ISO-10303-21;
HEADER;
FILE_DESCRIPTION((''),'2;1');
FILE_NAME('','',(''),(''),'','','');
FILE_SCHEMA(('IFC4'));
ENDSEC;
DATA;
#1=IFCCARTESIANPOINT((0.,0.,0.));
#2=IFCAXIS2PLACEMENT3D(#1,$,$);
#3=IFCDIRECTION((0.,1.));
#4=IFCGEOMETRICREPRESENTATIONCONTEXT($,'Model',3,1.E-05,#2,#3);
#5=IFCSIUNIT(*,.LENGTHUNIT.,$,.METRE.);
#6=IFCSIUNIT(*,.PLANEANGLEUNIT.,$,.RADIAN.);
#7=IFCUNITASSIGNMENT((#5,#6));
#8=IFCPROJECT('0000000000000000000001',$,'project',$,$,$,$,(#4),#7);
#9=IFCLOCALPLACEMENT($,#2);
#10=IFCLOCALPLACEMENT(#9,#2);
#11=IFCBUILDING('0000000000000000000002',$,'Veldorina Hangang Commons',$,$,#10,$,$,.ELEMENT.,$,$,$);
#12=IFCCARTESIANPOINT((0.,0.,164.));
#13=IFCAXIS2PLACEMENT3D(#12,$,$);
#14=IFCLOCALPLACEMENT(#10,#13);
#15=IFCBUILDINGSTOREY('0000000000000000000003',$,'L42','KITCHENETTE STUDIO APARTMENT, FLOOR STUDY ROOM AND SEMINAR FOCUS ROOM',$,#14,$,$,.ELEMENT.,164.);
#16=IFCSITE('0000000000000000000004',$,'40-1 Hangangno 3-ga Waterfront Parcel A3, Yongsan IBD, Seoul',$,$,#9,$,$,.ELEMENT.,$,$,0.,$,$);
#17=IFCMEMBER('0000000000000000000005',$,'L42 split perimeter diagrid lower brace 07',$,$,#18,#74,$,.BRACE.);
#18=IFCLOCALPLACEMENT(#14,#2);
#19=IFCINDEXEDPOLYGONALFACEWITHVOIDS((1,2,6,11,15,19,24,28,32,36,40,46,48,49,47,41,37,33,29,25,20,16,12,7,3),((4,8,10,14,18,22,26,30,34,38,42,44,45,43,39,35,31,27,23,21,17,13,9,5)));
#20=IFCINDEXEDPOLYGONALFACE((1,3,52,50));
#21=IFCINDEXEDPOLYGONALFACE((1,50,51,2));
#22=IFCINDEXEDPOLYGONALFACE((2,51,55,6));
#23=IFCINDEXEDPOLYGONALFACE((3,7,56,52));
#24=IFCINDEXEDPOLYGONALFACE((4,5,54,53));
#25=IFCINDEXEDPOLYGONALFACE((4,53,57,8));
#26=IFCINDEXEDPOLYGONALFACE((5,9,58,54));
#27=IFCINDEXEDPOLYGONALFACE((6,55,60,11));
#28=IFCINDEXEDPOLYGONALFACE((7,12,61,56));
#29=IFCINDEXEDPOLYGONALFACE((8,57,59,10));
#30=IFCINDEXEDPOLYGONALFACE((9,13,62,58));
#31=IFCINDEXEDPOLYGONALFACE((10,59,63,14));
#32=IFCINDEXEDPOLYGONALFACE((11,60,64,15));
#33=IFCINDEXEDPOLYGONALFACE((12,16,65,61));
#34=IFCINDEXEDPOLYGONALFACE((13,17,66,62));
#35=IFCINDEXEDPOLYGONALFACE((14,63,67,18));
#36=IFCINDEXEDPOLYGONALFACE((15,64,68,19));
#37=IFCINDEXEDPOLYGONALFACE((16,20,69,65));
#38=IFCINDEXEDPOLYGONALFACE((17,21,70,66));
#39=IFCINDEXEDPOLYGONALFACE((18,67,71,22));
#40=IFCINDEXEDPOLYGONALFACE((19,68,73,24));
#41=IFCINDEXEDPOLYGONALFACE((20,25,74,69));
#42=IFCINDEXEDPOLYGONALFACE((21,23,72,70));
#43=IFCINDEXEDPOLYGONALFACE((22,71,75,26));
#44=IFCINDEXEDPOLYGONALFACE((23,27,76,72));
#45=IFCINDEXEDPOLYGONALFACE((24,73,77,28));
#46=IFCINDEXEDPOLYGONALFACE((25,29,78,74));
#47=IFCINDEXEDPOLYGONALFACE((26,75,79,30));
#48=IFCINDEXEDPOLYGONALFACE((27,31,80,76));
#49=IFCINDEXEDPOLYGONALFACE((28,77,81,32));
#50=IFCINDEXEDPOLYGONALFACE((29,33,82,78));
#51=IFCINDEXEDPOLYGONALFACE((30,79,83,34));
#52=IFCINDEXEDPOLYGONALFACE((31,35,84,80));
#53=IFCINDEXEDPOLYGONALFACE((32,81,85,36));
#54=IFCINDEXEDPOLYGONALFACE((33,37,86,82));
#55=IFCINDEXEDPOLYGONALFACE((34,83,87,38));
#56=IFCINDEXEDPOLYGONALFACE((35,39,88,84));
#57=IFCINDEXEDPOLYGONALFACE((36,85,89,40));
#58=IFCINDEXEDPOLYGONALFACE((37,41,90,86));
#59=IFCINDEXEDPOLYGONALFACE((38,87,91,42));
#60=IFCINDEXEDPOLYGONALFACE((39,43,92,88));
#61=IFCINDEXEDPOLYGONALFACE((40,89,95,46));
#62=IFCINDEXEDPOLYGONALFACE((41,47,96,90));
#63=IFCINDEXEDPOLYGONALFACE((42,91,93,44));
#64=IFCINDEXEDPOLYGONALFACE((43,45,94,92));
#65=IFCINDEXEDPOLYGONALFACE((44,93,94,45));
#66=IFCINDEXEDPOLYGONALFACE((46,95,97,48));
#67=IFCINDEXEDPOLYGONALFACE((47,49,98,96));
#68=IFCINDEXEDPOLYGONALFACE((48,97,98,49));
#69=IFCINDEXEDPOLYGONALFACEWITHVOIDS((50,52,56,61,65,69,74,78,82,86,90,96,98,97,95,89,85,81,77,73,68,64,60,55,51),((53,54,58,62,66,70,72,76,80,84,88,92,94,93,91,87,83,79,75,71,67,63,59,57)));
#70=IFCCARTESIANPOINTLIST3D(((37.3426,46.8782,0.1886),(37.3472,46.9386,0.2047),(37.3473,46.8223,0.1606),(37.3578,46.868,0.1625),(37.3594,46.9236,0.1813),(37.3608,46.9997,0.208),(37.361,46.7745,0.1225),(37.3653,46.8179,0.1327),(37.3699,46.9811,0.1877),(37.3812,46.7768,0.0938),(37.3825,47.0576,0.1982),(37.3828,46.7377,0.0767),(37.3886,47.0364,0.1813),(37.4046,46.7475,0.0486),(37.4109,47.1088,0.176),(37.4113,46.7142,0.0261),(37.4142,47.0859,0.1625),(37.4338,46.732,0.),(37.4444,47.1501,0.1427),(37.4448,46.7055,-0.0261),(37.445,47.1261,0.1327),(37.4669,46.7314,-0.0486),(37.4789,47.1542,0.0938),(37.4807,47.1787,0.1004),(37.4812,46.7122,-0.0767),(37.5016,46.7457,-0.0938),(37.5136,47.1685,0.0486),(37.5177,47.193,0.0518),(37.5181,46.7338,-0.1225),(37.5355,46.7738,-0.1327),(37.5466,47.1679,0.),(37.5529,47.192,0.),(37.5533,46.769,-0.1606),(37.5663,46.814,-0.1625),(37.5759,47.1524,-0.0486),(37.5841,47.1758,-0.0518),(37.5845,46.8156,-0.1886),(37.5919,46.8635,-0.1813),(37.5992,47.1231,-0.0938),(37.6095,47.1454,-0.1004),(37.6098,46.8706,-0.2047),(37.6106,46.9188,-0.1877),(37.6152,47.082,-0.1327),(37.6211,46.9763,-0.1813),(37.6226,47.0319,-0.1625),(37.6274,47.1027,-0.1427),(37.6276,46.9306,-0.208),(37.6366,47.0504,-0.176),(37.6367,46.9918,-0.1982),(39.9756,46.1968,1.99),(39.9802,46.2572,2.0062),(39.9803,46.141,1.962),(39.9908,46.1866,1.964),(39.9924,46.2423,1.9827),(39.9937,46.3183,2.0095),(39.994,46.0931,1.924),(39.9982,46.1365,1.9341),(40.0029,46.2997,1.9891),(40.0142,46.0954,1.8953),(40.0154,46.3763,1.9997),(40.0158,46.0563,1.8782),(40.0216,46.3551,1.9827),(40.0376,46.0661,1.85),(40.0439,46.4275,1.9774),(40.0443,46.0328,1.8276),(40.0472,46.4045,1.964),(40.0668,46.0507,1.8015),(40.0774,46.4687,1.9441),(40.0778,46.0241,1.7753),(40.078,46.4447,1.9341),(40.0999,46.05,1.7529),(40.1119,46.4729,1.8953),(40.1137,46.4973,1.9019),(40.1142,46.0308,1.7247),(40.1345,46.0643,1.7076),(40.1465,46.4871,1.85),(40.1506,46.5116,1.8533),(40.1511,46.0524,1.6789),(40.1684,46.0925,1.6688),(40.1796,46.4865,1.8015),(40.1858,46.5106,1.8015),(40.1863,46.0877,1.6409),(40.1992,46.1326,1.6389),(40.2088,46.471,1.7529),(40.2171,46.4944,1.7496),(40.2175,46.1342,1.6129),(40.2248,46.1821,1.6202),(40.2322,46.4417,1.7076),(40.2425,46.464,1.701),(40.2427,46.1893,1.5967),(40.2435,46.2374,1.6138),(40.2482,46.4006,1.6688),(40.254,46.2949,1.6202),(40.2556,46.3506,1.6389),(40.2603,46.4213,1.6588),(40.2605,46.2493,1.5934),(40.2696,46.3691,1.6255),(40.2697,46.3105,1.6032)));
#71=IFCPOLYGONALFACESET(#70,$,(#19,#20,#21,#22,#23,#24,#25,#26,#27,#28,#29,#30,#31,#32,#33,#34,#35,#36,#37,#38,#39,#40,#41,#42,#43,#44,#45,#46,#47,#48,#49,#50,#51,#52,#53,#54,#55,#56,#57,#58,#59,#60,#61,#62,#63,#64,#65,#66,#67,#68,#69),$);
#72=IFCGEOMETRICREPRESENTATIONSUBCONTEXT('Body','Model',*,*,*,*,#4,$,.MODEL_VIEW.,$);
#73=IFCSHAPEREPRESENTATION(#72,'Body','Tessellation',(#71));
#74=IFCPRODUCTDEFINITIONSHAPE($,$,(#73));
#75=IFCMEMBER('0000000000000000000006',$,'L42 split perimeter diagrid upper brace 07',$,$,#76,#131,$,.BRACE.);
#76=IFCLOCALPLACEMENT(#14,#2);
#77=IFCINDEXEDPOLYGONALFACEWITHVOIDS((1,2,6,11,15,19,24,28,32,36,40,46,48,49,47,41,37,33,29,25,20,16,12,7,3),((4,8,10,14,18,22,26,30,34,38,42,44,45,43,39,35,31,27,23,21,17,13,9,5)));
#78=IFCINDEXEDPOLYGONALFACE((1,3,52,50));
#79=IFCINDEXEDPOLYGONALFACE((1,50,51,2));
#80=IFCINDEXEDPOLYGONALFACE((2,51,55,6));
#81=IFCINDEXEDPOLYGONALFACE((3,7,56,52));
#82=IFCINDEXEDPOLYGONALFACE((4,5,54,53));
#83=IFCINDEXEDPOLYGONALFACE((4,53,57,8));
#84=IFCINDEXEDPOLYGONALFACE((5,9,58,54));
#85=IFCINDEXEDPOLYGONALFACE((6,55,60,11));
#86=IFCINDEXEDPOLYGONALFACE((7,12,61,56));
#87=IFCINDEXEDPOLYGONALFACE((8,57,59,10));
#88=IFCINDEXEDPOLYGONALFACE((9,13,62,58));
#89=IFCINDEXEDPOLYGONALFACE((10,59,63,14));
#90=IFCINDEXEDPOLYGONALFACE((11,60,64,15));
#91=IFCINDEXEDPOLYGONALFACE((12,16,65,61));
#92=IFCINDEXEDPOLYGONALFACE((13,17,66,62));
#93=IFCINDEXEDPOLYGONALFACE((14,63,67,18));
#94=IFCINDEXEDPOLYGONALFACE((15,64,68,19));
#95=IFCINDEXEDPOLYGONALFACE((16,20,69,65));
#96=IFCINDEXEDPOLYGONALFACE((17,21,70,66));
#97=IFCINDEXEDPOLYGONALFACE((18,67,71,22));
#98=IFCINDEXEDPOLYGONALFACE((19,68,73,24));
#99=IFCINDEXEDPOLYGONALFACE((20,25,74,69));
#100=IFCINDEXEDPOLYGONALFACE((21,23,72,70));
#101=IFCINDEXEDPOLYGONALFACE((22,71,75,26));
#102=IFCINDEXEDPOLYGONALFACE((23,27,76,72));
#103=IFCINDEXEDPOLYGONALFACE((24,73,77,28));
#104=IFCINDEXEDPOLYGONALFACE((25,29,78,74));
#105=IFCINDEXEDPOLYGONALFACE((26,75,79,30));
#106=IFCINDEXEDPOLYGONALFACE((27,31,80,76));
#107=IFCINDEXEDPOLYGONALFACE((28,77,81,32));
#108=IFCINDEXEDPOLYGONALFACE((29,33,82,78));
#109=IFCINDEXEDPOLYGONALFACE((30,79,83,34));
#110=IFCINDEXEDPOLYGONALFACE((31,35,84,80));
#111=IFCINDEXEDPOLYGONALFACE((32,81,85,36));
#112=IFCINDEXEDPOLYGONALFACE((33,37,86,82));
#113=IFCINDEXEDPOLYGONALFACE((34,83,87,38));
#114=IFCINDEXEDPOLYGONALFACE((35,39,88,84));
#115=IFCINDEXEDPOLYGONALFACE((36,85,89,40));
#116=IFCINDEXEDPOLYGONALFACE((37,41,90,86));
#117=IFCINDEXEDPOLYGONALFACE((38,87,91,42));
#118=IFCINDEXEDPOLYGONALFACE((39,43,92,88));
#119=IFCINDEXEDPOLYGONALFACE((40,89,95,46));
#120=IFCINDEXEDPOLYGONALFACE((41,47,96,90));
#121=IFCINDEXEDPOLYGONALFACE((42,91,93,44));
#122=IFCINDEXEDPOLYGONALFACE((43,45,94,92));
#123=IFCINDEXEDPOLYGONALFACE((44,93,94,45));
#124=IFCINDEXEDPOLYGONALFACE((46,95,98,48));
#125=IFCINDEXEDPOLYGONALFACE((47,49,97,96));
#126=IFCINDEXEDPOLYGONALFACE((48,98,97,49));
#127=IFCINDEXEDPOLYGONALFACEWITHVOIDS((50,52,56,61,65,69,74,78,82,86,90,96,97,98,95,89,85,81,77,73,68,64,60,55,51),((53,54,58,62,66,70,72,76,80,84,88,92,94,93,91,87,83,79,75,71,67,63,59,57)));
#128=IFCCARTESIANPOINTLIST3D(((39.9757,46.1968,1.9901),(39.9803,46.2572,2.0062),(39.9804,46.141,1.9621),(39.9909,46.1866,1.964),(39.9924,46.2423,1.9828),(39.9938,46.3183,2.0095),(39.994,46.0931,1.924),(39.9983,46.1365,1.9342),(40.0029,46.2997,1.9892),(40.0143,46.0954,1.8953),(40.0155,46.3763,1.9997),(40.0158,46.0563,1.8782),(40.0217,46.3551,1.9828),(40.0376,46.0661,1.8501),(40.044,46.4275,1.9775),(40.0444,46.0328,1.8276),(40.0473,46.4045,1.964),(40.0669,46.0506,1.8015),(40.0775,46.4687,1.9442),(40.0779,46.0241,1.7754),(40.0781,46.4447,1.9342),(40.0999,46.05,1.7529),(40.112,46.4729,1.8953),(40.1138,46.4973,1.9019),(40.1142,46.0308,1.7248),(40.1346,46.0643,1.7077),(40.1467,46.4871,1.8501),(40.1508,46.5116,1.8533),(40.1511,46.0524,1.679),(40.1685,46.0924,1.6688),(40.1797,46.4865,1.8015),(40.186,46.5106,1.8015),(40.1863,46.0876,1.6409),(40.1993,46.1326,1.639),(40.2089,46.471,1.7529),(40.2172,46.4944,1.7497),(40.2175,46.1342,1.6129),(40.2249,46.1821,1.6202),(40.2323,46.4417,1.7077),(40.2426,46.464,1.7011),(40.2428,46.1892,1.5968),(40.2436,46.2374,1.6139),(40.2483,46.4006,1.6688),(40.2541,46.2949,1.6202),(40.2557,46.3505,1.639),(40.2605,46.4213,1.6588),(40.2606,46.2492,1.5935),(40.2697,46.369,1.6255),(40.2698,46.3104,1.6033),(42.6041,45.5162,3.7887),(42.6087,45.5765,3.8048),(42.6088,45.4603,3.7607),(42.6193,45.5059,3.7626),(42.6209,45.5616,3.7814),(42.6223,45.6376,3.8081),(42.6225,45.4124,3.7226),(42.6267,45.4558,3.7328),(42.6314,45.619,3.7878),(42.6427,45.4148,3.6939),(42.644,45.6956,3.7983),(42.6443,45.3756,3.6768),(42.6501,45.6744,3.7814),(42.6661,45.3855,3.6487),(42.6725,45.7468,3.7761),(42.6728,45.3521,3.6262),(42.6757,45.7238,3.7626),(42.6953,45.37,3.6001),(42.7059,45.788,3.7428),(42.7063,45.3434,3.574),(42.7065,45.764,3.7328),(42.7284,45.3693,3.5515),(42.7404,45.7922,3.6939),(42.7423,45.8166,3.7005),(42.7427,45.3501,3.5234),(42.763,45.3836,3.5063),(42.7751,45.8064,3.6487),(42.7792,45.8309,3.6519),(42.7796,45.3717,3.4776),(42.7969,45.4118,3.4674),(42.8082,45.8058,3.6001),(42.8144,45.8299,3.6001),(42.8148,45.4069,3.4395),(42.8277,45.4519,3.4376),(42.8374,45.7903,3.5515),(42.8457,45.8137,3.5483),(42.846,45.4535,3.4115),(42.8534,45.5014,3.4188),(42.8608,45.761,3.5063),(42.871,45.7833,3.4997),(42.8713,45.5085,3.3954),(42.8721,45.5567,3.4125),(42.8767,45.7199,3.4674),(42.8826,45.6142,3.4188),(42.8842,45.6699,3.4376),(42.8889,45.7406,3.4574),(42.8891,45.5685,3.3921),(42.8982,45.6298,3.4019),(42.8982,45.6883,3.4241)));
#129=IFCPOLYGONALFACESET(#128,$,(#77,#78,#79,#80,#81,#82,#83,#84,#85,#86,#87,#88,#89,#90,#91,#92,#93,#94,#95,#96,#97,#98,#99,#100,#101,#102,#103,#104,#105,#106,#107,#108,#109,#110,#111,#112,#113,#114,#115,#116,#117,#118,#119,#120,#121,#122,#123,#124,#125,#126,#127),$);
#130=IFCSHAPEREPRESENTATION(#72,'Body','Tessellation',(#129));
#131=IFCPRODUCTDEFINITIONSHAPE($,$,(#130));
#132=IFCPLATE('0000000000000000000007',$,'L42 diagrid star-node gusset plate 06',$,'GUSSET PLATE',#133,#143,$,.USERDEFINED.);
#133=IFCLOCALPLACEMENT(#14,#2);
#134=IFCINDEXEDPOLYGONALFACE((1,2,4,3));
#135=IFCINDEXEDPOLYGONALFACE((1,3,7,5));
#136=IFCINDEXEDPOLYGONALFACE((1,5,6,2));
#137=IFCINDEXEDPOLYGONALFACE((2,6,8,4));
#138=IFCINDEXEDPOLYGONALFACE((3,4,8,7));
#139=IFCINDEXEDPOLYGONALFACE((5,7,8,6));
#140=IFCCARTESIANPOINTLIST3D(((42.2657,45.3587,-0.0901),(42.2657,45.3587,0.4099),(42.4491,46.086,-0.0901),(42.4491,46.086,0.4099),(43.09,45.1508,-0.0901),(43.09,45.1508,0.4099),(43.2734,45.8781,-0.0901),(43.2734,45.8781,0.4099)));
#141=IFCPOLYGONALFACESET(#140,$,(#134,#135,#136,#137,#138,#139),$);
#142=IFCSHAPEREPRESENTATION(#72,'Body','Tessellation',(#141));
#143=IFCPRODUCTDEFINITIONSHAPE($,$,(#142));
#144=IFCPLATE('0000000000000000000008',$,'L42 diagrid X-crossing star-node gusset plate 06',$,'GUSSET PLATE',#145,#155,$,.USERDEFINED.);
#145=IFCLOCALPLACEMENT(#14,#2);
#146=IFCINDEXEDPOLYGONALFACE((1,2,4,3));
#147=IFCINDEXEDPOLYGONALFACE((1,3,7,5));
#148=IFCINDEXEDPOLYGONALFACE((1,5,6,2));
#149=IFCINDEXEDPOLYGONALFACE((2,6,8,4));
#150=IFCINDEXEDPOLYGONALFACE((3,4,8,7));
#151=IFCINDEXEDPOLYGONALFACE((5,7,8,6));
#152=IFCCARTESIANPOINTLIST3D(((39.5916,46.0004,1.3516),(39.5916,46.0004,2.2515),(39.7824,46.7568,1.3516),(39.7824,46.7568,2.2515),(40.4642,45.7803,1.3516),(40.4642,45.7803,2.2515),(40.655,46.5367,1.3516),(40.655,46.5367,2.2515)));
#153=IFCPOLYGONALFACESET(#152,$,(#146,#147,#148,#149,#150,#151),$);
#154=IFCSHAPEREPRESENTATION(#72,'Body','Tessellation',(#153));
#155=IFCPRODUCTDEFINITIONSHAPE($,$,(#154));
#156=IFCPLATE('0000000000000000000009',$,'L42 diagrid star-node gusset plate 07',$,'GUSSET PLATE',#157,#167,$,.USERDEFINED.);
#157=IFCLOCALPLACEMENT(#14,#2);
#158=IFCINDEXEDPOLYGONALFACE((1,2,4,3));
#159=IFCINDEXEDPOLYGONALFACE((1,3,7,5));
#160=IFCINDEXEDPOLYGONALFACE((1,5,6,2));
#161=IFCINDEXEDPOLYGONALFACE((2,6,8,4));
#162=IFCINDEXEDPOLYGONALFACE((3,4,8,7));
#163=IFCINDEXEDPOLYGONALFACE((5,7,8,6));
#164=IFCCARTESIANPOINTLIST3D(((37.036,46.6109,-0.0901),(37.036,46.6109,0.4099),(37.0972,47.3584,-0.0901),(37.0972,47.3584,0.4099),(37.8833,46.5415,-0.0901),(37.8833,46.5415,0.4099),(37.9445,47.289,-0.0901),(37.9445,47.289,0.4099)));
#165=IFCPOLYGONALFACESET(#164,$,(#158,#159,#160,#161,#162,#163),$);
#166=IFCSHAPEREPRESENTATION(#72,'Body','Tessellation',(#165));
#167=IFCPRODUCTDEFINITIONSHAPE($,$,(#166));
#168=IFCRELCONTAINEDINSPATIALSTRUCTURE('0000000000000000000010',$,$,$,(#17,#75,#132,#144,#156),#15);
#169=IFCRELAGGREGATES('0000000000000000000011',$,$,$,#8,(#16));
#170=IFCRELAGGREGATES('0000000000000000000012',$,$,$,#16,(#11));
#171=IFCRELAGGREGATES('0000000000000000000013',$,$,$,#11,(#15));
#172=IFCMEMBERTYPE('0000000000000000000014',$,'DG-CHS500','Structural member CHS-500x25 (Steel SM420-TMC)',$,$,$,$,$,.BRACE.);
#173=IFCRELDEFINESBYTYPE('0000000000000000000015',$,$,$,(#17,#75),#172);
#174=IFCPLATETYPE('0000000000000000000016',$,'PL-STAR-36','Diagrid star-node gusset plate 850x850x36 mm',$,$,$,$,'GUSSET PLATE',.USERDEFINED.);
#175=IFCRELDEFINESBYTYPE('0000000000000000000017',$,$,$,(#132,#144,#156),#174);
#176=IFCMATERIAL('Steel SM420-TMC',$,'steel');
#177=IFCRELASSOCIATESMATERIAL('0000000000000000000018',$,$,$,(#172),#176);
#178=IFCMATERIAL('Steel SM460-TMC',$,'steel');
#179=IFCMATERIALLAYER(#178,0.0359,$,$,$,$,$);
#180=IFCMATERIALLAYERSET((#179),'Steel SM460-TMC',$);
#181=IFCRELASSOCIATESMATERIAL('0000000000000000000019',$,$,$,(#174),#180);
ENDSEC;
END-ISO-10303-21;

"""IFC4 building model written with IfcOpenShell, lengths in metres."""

from ifc_helpers import new_model, si_unit, direction, frame, origin, origin_2d, place, context, subcontext, project, spatial, rectangle, hollow_circle, extrude, material, layer, layer_set, material_profile, profile_set, type_object, element, save


model = new_model("IFC4")

# Units and contexts
model_context = context("Model", 3, precision=1e-05, world=origin(), true_north=direction((0.0, 1.0)))
body_context = subcontext(model_context, "Body", "Model", "MODEL_VIEW")
ifc_project = project(units=[si_unit("LENGTHUNIT", "METRE"), si_unit("PLANEANGLEUNIT", "RADIAN")], contexts=[model_context])

# Site, building, storey
site_placement = place(None, origin())
site = spatial("IfcSite", under=ifc_project, at=site_placement, Name="40-1 Hangangno 3-ga Waterfront Parcel A3, Yongsan IBD, Seoul", CompositionType="ELEMENT", RefElevation=0.0)
building_placement = place(site_placement, origin())
building = spatial("IfcBuilding", under=site, at=building_placement, Name="Veldorina Hangang Commons", CompositionType="ELEMENT")
storey_placement = place(building_placement, frame((0.0, 0.0, 164.0)))
storey = spatial("IfcBuildingStorey", under=building, at=storey_placement, Name="L42", Description="KITCHENETTE STUDIO APARTMENT, FLOOR STUDY ROOM AND SEMINAR FOCUS ROOM", CompositionType="ELEMENT", Elevation=164.0)

# Shared definitions
ifc_material_1 = material(Name="Steel SM420-TMC", Category="steel")

# Members
ifc_material_profile_1 = material_profile(ifc_material_1, hollow_circle(Radius=0.25, WallThickness=0.0249, at=origin_2d()), Name="CHS-500x25")
ifc_profile_set_1 = profile_set([ifc_material_profile_1], Name="Steel SM420-TMC")
member_type = type_object("IfcMemberType", Name="DG-CHS500", Description="Structural member CHS-500x25 (Steel SM420-TMC)", PredefinedType="BRACE", material=ifc_profile_set_1)
member_1_placement = place(storey_placement, frame((37.4902, 46.95, 0.0), z_axis=(0.807111, -0.208869, 0.552218), x_axis=(0.250532, 0.968108, 0.0)))
element("IfcMember", 1, at=member_1_placement, inside=storey, type_object=member_type, Name="L42 split perimeter diagrid lower brace 07", PredefinedType="BRACE", context=body_context, shape_type="SweptSolid", body=[
    extrude(hollow_circle(Radius=0.25, WallThickness=0.0249, at=origin_2d()), origin(), (0.0, 0.0, 1.0), 3.2622),
])
member_2_placement = place(storey_placement, frame((40.1233, 46.2686, 1.8015), z_axis=(0.807054, -0.208997, 0.552254), x_axis=(0.250694, 0.968066, 0.0)))
element("IfcMember", 2, at=member_2_placement, inside=storey, type_object=member_type, Name="L42 split perimeter diagrid upper brace 07", PredefinedType="BRACE", context=body_context, shape_type="SweptSolid", body=[
    extrude(hollow_circle(Radius=0.25, WallThickness=0.0249, at=origin_2d()), origin(), (0.0, 0.0, 1.0), 3.2568),
])

# Plates
ifc_material_2 = material(Name="Steel SM460-TMC", Category="steel")
ifc_layer_1 = layer(ifc_material_2, 0.0359)
ifc_layer_set_1 = layer_set([ifc_layer_1], Name="Steel SM460-TMC")
plate_type = type_object("IfcPlateType", Name="PL-STAR-36", Description="Diagrid star-node gusset plate 850x850x36 mm", ElementType="GUSSET PLATE", PredefinedType="USERDEFINED", material=ifc_layer_set_1)
plate_1_placement = place(storey_placement, frame((42.7695, 45.6184, -0.0901), z_axis=(0.0, 0.0, 1.0), x_axis=(-0.969633, 0.244563, 0.0)))
element("IfcPlate", 3, at=plate_1_placement, inside=storey, type_object=plate_type, Name="L42 diagrid star-node gusset plate 06", ObjectType="GUSSET PLATE", PredefinedType="USERDEFINED", context=body_context, shape_type="SweptSolid", body=[
    extrude(rectangle(XDim=0.8501, YDim=0.75, at=origin_2d()), origin(), (0.0, 0.0, 1.0), 0.5),
])
plate_2_placement = place(storey_placement, frame((40.1233, 46.2686, 1.3516), z_axis=(0.0, 0.0, 1.0), x_axis=(-0.969633, 0.244563, 0.0)))
element("IfcPlate", 4, at=plate_2_placement, inside=storey, type_object=plate_type, Name="L42 diagrid X-crossing star-node gusset plate 06", ObjectType="GUSSET PLATE", PredefinedType="USERDEFINED", context=body_context, shape_type="SweptSolid", body=[
    extrude(rectangle(XDim=0.8999, YDim=0.78, at=origin_2d()), origin(), (0.0, 0.0, 1.0), 0.8999),
])
plate_3_placement = place(storey_placement, frame((37.4902, 46.95, -0.0901), z_axis=(0.0, 0.0, 1.0), x_axis=(-0.996665, 0.081608, 0.0)))
element("IfcPlate", 5, at=plate_3_placement, inside=storey, type_object=plate_type, Name="L42 diagrid star-node gusset plate 07", ObjectType="GUSSET PLATE", PredefinedType="USERDEFINED", context=body_context, shape_type="SweptSolid", body=[
    extrude(rectangle(XDim=0.8501, YDim=0.75, at=origin_2d()), origin(), (0.0, 0.0, 1.0), 0.5),
])

save(model, "model.ifc")
